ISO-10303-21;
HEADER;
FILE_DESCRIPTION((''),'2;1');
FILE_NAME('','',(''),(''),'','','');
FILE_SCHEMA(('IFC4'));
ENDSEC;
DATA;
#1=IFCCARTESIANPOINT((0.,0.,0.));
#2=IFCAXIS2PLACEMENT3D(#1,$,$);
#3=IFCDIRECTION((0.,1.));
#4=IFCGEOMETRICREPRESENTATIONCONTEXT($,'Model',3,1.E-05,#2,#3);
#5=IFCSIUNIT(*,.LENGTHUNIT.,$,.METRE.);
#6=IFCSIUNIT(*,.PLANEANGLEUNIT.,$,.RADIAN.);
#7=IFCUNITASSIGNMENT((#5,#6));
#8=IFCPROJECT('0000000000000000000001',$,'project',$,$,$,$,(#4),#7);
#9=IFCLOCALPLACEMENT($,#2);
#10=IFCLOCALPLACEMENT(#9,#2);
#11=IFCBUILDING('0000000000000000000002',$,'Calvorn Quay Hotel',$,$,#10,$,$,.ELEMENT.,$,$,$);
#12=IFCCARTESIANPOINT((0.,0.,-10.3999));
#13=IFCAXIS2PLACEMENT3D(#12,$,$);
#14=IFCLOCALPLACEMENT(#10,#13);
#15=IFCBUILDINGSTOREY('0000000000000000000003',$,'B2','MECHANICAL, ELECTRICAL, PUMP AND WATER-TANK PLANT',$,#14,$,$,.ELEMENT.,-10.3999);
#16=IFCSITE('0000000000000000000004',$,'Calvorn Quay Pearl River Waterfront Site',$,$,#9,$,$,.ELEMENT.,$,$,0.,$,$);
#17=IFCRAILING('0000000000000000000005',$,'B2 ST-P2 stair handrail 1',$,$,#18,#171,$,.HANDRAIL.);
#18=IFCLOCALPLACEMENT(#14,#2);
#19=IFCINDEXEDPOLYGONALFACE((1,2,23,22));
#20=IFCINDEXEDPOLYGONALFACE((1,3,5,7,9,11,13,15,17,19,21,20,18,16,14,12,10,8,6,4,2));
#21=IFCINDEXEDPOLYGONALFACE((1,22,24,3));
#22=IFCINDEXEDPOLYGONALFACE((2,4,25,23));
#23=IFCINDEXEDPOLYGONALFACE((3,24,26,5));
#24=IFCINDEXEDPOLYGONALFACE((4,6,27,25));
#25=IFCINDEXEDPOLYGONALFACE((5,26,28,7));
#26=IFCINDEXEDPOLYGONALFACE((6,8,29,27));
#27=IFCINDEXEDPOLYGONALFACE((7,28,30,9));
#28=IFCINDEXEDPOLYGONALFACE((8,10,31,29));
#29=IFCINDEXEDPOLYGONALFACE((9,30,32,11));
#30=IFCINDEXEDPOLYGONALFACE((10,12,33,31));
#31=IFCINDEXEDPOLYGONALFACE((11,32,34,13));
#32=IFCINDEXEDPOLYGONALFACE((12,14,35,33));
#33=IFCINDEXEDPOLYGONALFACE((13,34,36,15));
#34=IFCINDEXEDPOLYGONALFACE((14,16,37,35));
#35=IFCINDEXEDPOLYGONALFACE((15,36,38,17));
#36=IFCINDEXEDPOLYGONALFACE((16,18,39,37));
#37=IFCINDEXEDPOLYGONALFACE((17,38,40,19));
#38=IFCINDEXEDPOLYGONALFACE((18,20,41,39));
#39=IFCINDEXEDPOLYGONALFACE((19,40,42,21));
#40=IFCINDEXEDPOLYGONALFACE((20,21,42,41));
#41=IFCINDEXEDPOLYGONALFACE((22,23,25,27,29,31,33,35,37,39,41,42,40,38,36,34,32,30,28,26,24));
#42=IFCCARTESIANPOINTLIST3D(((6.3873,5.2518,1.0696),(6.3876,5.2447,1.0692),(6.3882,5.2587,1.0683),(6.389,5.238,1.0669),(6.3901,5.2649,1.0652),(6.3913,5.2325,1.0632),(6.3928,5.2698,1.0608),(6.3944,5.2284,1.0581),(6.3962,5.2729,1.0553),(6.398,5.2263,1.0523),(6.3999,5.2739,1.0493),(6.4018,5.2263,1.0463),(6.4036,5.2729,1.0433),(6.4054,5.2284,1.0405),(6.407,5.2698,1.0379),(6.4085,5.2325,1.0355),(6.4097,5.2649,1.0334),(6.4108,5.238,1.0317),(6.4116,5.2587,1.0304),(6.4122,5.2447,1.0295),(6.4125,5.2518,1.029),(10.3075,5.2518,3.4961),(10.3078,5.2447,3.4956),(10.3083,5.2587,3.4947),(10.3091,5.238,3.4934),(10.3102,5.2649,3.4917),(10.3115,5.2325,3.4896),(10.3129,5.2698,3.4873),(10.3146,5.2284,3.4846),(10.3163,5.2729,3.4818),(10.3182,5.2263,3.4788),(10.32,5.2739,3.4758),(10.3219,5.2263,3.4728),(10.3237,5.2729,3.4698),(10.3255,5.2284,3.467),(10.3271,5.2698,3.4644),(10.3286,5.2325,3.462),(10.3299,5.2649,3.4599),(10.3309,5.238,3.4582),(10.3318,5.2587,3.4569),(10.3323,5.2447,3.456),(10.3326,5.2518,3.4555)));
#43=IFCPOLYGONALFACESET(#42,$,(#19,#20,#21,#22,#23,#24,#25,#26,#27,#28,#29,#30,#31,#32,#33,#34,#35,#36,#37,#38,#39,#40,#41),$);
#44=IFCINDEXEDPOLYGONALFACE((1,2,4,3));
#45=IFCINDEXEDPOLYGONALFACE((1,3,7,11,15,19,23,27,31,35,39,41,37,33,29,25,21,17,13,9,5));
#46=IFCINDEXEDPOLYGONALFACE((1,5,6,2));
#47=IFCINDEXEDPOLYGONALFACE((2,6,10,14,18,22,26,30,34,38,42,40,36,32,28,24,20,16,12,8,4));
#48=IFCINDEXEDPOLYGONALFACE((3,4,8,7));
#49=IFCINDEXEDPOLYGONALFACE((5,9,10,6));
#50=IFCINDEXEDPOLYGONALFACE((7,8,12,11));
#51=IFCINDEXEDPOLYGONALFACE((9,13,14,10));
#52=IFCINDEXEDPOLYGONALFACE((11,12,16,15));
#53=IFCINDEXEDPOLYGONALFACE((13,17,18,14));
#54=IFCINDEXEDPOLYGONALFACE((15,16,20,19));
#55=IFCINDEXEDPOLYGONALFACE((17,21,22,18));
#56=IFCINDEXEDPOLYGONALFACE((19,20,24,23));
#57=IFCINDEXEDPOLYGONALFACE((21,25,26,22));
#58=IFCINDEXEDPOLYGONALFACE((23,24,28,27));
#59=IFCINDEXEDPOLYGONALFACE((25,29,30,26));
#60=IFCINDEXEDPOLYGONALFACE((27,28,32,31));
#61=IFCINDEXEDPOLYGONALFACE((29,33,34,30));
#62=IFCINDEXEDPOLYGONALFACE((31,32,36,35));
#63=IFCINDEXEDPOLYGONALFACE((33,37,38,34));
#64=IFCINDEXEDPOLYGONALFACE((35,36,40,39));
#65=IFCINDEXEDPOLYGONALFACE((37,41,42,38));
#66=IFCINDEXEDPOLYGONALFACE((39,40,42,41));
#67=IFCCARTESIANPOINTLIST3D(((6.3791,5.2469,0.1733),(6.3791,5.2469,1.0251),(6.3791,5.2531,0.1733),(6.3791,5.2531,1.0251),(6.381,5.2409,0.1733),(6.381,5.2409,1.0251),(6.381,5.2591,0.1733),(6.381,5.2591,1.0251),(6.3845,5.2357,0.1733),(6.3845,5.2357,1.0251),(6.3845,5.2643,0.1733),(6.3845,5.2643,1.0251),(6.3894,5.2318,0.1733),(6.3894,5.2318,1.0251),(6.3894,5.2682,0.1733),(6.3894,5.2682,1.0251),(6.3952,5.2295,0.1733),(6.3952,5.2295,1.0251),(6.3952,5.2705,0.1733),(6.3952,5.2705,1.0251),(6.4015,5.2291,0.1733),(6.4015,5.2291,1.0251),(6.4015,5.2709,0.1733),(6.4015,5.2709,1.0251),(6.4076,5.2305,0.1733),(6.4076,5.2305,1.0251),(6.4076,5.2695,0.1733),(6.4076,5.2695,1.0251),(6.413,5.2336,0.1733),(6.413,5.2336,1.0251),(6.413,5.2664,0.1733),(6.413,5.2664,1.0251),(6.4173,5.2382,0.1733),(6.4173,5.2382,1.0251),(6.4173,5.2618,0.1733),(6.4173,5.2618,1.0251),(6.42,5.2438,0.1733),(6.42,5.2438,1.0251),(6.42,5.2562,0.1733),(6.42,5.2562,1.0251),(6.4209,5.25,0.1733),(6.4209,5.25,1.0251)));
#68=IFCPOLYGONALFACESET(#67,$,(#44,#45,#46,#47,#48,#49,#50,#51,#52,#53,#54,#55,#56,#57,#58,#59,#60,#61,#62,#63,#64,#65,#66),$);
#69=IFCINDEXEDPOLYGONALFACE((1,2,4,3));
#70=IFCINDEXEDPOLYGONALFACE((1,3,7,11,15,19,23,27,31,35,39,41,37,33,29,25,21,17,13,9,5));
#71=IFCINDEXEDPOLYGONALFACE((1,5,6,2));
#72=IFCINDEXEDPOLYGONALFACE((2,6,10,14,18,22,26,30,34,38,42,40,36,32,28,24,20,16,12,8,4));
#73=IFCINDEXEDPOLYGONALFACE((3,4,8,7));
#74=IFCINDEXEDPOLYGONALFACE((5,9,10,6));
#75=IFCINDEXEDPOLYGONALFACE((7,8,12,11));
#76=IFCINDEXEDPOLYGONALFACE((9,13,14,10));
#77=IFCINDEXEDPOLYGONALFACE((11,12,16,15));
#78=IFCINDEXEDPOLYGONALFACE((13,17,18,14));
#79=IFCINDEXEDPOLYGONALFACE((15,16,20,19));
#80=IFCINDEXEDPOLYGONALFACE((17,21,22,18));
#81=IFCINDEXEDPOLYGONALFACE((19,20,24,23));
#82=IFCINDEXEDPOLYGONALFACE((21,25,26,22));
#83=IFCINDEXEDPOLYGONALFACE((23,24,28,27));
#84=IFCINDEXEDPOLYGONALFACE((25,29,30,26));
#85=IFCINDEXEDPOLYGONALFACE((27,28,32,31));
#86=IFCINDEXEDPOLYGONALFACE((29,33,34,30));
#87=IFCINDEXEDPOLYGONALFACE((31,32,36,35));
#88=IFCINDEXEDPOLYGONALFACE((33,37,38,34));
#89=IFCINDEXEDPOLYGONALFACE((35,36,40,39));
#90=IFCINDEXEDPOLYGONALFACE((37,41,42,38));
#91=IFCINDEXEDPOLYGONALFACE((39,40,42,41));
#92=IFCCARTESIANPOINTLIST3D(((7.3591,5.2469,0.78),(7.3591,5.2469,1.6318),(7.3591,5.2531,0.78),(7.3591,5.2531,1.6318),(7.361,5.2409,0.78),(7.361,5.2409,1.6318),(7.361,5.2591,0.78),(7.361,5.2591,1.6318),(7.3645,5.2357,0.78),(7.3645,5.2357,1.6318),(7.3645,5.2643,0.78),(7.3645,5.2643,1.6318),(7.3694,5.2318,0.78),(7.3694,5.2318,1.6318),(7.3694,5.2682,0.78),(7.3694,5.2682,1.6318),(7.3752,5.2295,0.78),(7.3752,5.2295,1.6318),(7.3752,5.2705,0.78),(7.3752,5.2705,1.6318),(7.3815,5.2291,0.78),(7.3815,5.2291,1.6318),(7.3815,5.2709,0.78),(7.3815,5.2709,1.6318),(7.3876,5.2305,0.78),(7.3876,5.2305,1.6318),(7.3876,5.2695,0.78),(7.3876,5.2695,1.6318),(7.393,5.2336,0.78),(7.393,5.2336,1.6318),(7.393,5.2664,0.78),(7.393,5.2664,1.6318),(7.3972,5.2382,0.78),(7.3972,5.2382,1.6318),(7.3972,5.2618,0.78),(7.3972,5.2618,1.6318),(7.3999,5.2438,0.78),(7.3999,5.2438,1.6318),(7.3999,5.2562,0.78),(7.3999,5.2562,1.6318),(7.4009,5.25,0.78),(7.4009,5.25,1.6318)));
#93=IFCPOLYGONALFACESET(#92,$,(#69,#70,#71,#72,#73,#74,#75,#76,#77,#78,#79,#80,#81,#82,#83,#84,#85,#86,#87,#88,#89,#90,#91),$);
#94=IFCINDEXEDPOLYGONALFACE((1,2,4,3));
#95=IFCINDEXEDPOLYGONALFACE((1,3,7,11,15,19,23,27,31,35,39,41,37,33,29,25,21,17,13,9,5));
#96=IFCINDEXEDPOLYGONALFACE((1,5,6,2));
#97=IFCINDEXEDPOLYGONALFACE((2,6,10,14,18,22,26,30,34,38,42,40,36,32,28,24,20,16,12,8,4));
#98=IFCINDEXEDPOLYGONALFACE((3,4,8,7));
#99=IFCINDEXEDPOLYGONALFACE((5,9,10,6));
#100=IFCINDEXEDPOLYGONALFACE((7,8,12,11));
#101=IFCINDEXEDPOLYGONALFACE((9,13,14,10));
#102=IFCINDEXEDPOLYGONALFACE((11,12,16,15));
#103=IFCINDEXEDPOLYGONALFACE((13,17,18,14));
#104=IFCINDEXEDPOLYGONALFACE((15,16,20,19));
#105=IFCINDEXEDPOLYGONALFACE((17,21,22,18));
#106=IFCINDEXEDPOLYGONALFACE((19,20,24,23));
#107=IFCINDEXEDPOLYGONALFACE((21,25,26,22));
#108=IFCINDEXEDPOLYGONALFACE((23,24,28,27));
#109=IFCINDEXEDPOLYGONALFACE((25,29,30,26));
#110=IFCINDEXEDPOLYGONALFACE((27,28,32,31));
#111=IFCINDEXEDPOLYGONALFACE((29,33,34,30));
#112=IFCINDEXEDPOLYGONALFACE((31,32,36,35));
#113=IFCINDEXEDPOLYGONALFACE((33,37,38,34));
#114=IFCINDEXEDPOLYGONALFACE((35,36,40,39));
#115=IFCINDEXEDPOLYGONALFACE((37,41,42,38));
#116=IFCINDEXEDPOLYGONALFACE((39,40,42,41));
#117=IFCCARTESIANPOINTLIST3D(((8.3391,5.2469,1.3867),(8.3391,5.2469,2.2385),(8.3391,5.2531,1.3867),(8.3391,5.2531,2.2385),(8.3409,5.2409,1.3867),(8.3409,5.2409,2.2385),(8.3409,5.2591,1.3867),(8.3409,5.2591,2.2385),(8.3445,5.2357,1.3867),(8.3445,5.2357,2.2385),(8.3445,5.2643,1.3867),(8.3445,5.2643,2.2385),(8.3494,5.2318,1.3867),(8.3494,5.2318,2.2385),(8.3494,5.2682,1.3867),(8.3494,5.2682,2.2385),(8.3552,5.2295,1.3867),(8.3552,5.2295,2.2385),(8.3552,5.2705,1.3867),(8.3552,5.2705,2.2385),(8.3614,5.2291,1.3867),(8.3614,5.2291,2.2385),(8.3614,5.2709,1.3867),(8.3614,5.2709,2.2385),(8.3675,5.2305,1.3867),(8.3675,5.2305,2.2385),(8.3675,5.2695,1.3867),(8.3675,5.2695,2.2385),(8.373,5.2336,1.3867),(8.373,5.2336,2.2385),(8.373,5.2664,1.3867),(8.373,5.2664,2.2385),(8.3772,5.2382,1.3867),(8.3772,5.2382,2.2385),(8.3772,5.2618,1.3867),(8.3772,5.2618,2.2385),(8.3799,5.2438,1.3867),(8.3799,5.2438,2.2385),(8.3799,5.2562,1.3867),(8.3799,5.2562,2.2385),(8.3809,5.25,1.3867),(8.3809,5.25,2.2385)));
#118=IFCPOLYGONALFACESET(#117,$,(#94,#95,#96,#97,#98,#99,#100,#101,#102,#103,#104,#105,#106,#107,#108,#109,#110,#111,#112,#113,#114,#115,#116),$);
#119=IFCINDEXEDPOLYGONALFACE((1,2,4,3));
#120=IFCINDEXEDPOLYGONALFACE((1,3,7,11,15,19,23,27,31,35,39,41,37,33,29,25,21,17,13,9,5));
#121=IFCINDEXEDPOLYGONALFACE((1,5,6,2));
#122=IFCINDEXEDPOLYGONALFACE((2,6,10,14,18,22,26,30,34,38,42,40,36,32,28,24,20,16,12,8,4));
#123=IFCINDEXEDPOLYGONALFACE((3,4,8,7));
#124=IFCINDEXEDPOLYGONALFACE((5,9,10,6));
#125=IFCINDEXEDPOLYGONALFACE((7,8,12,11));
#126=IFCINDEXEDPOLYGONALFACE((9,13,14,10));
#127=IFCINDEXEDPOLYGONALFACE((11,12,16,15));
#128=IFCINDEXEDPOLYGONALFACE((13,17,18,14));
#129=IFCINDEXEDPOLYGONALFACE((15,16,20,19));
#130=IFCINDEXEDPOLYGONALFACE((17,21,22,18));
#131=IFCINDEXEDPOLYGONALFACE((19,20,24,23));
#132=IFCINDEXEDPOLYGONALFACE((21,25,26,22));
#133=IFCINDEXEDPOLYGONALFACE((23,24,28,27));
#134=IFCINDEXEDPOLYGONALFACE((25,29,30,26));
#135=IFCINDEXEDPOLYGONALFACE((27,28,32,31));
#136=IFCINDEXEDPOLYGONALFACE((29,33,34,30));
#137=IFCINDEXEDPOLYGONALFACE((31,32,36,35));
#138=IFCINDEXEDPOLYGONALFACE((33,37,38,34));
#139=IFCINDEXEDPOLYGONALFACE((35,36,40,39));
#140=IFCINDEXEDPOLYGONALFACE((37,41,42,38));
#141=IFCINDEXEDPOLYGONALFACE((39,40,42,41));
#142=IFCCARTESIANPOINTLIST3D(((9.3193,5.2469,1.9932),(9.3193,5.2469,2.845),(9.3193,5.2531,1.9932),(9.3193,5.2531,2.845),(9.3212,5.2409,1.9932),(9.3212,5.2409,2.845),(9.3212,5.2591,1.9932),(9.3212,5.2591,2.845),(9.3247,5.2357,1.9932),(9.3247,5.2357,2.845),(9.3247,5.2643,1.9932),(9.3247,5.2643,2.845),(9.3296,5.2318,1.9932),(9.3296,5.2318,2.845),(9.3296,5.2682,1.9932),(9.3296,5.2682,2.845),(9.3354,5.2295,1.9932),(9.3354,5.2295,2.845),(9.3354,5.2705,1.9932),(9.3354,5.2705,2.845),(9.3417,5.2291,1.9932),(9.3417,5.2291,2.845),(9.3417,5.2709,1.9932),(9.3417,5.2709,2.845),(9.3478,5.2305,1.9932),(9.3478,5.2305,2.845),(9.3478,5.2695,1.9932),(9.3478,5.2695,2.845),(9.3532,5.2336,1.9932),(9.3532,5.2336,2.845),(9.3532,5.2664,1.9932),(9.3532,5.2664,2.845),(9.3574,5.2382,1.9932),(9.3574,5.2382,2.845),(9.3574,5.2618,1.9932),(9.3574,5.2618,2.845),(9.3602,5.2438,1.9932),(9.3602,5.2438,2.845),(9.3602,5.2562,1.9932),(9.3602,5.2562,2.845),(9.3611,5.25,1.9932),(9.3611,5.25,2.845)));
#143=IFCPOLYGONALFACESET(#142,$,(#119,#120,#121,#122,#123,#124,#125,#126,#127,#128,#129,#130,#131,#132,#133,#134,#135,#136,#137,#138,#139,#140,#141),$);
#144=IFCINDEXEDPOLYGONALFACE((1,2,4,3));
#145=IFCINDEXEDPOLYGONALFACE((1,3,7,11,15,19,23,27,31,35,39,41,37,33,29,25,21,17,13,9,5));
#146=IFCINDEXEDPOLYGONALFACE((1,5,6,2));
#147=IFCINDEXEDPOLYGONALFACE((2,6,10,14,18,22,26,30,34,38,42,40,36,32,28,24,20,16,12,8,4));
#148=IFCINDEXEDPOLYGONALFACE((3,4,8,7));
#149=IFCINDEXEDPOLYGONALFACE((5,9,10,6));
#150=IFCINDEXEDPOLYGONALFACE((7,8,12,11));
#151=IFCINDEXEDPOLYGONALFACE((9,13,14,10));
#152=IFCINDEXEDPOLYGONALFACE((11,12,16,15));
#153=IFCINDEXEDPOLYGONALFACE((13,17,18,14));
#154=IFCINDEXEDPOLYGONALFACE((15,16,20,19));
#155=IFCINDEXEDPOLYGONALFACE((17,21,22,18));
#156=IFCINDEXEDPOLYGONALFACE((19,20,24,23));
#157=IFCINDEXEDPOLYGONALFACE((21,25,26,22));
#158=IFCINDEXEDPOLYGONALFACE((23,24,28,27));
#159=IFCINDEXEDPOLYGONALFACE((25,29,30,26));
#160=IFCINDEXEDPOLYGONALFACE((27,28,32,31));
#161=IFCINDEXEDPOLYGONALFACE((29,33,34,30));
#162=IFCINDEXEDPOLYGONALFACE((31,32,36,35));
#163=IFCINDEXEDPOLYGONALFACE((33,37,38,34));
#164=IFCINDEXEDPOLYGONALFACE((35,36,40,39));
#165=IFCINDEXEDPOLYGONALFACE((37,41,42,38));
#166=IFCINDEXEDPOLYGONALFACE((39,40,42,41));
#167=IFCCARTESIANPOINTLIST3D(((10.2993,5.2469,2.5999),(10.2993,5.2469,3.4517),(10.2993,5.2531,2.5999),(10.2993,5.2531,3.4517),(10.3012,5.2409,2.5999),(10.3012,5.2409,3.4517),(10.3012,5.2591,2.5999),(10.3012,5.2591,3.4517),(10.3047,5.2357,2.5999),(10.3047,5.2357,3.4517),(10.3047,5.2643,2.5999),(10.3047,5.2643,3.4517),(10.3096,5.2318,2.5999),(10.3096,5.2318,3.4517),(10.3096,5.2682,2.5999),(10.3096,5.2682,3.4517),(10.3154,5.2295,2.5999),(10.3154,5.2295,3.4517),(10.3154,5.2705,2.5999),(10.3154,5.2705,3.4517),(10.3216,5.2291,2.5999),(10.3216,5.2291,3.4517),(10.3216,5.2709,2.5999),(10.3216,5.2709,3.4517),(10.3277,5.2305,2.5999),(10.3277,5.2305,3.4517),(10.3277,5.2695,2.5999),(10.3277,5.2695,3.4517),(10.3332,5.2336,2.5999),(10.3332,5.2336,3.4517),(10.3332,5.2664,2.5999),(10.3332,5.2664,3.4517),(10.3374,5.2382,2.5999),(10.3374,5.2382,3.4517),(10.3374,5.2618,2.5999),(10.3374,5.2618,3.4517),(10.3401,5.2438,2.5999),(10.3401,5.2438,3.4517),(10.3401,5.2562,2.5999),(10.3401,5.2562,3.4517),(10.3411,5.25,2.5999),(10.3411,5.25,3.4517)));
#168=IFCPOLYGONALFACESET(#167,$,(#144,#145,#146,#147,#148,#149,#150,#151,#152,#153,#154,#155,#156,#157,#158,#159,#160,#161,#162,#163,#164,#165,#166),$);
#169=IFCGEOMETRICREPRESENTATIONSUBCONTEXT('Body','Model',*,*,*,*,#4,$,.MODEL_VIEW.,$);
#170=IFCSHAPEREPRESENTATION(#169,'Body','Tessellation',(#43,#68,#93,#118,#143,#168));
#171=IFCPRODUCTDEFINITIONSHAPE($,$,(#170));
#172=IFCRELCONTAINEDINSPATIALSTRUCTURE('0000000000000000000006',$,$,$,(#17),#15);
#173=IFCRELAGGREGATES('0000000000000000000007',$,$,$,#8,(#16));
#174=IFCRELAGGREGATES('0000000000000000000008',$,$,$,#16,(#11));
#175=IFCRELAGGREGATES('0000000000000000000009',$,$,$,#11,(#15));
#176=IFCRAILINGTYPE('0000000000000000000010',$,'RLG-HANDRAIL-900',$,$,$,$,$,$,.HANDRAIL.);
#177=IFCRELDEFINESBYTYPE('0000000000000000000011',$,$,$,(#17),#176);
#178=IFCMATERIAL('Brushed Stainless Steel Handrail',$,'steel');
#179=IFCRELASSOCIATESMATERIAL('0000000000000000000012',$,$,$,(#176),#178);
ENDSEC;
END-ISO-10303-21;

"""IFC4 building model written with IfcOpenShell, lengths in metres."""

from ifc_helpers import new_model, si_unit, direction, frame, origin, origin_2d, place, context, subcontext, project, spatial, circle, extrude, material, type_object, element, save


model = new_model("IFC4")

# Units and contexts
model_context = context("Model", 3, precision=1e-05, world=origin(), true_north=direction((0.0, 1.0)))
body_context = subcontext(model_context, "Body", "Model", "MODEL_VIEW")
ifc_project = project(units=[si_unit("LENGTHUNIT", "METRE"), si_unit("PLANEANGLEUNIT", "RADIAN")], contexts=[model_context])

# Site, building, storey
site_placement = place(None, origin())
site = spatial("IfcSite", under=ifc_project, at=site_placement, Name="Calvorn Quay Pearl River Waterfront Site", CompositionType="ELEMENT", RefElevation=0.0)
building_placement = place(site_placement, origin())
building = spatial("IfcBuilding", under=site, at=building_placement, Name="Calvorn Quay Hotel", CompositionType="ELEMENT")
storey_placement = place(building_placement, frame((0.0, 0.0, -10.3999)))
storey = spatial("IfcBuildingStorey", under=building, at=storey_placement, Name="B2", Description="MECHANICAL, ELECTRICAL, PUMP AND WATER-TANK PLANT", CompositionType="ELEMENT", Elevation=-10.3999)

# Railing
ifc_material_1 = material(Name="Brushed Stainless Steel Handrail", Category="steel")
railing_type_1 = type_object("IfcRailingType", Name="RLG-HANDRAIL-900", PredefinedType="HANDRAIL", material=ifc_material_1)
railing_1_placement = place(storey_placement, frame((6.3999, 5.25, 0.1733)))
element("IfcRailing", 1, at=railing_1_placement, inside=storey, type_object=railing_type_1, Name="B2 ST-P2 stair handrail 1", PredefinedType="HANDRAIL", context=body_context, shape_type="SweptSolid", body=[
    extrude(circle(Radius=0.0239, at=origin_2d()), frame((0.0, 0.0, 0.876), z_axis=(0.85029, 0.0, 0.526315), x_axis=(0.0, 1.0, 0.0)), (0.0, 0.0, 1.0), 4.6104),
    extrude(circle(Radius=0.021, at=origin_2d()), origin(), (0.0, 0.0, 1.0), 0.8518),
    extrude(circle(Radius=0.021, at=origin_2d()), frame((0.98, 0.0, 0.6067)), (0.0, 0.0, 1.0), 0.8518),
    extrude(circle(Radius=0.021, at=origin_2d()), frame((1.96, 0.0, 1.2134)), (0.0, 0.0, 1.0), 0.8518),
    extrude(circle(Radius=0.021, at=origin_2d()), frame((2.9402, 0.0, 1.8198)), (0.0, 0.0, 1.0), 0.8518),
    extrude(circle(Radius=0.021, at=origin_2d()), frame((3.9202, 0.0, 2.4265)), (0.0, 0.0, 1.0), 0.8518),
])

save(model, "model.ifc")
